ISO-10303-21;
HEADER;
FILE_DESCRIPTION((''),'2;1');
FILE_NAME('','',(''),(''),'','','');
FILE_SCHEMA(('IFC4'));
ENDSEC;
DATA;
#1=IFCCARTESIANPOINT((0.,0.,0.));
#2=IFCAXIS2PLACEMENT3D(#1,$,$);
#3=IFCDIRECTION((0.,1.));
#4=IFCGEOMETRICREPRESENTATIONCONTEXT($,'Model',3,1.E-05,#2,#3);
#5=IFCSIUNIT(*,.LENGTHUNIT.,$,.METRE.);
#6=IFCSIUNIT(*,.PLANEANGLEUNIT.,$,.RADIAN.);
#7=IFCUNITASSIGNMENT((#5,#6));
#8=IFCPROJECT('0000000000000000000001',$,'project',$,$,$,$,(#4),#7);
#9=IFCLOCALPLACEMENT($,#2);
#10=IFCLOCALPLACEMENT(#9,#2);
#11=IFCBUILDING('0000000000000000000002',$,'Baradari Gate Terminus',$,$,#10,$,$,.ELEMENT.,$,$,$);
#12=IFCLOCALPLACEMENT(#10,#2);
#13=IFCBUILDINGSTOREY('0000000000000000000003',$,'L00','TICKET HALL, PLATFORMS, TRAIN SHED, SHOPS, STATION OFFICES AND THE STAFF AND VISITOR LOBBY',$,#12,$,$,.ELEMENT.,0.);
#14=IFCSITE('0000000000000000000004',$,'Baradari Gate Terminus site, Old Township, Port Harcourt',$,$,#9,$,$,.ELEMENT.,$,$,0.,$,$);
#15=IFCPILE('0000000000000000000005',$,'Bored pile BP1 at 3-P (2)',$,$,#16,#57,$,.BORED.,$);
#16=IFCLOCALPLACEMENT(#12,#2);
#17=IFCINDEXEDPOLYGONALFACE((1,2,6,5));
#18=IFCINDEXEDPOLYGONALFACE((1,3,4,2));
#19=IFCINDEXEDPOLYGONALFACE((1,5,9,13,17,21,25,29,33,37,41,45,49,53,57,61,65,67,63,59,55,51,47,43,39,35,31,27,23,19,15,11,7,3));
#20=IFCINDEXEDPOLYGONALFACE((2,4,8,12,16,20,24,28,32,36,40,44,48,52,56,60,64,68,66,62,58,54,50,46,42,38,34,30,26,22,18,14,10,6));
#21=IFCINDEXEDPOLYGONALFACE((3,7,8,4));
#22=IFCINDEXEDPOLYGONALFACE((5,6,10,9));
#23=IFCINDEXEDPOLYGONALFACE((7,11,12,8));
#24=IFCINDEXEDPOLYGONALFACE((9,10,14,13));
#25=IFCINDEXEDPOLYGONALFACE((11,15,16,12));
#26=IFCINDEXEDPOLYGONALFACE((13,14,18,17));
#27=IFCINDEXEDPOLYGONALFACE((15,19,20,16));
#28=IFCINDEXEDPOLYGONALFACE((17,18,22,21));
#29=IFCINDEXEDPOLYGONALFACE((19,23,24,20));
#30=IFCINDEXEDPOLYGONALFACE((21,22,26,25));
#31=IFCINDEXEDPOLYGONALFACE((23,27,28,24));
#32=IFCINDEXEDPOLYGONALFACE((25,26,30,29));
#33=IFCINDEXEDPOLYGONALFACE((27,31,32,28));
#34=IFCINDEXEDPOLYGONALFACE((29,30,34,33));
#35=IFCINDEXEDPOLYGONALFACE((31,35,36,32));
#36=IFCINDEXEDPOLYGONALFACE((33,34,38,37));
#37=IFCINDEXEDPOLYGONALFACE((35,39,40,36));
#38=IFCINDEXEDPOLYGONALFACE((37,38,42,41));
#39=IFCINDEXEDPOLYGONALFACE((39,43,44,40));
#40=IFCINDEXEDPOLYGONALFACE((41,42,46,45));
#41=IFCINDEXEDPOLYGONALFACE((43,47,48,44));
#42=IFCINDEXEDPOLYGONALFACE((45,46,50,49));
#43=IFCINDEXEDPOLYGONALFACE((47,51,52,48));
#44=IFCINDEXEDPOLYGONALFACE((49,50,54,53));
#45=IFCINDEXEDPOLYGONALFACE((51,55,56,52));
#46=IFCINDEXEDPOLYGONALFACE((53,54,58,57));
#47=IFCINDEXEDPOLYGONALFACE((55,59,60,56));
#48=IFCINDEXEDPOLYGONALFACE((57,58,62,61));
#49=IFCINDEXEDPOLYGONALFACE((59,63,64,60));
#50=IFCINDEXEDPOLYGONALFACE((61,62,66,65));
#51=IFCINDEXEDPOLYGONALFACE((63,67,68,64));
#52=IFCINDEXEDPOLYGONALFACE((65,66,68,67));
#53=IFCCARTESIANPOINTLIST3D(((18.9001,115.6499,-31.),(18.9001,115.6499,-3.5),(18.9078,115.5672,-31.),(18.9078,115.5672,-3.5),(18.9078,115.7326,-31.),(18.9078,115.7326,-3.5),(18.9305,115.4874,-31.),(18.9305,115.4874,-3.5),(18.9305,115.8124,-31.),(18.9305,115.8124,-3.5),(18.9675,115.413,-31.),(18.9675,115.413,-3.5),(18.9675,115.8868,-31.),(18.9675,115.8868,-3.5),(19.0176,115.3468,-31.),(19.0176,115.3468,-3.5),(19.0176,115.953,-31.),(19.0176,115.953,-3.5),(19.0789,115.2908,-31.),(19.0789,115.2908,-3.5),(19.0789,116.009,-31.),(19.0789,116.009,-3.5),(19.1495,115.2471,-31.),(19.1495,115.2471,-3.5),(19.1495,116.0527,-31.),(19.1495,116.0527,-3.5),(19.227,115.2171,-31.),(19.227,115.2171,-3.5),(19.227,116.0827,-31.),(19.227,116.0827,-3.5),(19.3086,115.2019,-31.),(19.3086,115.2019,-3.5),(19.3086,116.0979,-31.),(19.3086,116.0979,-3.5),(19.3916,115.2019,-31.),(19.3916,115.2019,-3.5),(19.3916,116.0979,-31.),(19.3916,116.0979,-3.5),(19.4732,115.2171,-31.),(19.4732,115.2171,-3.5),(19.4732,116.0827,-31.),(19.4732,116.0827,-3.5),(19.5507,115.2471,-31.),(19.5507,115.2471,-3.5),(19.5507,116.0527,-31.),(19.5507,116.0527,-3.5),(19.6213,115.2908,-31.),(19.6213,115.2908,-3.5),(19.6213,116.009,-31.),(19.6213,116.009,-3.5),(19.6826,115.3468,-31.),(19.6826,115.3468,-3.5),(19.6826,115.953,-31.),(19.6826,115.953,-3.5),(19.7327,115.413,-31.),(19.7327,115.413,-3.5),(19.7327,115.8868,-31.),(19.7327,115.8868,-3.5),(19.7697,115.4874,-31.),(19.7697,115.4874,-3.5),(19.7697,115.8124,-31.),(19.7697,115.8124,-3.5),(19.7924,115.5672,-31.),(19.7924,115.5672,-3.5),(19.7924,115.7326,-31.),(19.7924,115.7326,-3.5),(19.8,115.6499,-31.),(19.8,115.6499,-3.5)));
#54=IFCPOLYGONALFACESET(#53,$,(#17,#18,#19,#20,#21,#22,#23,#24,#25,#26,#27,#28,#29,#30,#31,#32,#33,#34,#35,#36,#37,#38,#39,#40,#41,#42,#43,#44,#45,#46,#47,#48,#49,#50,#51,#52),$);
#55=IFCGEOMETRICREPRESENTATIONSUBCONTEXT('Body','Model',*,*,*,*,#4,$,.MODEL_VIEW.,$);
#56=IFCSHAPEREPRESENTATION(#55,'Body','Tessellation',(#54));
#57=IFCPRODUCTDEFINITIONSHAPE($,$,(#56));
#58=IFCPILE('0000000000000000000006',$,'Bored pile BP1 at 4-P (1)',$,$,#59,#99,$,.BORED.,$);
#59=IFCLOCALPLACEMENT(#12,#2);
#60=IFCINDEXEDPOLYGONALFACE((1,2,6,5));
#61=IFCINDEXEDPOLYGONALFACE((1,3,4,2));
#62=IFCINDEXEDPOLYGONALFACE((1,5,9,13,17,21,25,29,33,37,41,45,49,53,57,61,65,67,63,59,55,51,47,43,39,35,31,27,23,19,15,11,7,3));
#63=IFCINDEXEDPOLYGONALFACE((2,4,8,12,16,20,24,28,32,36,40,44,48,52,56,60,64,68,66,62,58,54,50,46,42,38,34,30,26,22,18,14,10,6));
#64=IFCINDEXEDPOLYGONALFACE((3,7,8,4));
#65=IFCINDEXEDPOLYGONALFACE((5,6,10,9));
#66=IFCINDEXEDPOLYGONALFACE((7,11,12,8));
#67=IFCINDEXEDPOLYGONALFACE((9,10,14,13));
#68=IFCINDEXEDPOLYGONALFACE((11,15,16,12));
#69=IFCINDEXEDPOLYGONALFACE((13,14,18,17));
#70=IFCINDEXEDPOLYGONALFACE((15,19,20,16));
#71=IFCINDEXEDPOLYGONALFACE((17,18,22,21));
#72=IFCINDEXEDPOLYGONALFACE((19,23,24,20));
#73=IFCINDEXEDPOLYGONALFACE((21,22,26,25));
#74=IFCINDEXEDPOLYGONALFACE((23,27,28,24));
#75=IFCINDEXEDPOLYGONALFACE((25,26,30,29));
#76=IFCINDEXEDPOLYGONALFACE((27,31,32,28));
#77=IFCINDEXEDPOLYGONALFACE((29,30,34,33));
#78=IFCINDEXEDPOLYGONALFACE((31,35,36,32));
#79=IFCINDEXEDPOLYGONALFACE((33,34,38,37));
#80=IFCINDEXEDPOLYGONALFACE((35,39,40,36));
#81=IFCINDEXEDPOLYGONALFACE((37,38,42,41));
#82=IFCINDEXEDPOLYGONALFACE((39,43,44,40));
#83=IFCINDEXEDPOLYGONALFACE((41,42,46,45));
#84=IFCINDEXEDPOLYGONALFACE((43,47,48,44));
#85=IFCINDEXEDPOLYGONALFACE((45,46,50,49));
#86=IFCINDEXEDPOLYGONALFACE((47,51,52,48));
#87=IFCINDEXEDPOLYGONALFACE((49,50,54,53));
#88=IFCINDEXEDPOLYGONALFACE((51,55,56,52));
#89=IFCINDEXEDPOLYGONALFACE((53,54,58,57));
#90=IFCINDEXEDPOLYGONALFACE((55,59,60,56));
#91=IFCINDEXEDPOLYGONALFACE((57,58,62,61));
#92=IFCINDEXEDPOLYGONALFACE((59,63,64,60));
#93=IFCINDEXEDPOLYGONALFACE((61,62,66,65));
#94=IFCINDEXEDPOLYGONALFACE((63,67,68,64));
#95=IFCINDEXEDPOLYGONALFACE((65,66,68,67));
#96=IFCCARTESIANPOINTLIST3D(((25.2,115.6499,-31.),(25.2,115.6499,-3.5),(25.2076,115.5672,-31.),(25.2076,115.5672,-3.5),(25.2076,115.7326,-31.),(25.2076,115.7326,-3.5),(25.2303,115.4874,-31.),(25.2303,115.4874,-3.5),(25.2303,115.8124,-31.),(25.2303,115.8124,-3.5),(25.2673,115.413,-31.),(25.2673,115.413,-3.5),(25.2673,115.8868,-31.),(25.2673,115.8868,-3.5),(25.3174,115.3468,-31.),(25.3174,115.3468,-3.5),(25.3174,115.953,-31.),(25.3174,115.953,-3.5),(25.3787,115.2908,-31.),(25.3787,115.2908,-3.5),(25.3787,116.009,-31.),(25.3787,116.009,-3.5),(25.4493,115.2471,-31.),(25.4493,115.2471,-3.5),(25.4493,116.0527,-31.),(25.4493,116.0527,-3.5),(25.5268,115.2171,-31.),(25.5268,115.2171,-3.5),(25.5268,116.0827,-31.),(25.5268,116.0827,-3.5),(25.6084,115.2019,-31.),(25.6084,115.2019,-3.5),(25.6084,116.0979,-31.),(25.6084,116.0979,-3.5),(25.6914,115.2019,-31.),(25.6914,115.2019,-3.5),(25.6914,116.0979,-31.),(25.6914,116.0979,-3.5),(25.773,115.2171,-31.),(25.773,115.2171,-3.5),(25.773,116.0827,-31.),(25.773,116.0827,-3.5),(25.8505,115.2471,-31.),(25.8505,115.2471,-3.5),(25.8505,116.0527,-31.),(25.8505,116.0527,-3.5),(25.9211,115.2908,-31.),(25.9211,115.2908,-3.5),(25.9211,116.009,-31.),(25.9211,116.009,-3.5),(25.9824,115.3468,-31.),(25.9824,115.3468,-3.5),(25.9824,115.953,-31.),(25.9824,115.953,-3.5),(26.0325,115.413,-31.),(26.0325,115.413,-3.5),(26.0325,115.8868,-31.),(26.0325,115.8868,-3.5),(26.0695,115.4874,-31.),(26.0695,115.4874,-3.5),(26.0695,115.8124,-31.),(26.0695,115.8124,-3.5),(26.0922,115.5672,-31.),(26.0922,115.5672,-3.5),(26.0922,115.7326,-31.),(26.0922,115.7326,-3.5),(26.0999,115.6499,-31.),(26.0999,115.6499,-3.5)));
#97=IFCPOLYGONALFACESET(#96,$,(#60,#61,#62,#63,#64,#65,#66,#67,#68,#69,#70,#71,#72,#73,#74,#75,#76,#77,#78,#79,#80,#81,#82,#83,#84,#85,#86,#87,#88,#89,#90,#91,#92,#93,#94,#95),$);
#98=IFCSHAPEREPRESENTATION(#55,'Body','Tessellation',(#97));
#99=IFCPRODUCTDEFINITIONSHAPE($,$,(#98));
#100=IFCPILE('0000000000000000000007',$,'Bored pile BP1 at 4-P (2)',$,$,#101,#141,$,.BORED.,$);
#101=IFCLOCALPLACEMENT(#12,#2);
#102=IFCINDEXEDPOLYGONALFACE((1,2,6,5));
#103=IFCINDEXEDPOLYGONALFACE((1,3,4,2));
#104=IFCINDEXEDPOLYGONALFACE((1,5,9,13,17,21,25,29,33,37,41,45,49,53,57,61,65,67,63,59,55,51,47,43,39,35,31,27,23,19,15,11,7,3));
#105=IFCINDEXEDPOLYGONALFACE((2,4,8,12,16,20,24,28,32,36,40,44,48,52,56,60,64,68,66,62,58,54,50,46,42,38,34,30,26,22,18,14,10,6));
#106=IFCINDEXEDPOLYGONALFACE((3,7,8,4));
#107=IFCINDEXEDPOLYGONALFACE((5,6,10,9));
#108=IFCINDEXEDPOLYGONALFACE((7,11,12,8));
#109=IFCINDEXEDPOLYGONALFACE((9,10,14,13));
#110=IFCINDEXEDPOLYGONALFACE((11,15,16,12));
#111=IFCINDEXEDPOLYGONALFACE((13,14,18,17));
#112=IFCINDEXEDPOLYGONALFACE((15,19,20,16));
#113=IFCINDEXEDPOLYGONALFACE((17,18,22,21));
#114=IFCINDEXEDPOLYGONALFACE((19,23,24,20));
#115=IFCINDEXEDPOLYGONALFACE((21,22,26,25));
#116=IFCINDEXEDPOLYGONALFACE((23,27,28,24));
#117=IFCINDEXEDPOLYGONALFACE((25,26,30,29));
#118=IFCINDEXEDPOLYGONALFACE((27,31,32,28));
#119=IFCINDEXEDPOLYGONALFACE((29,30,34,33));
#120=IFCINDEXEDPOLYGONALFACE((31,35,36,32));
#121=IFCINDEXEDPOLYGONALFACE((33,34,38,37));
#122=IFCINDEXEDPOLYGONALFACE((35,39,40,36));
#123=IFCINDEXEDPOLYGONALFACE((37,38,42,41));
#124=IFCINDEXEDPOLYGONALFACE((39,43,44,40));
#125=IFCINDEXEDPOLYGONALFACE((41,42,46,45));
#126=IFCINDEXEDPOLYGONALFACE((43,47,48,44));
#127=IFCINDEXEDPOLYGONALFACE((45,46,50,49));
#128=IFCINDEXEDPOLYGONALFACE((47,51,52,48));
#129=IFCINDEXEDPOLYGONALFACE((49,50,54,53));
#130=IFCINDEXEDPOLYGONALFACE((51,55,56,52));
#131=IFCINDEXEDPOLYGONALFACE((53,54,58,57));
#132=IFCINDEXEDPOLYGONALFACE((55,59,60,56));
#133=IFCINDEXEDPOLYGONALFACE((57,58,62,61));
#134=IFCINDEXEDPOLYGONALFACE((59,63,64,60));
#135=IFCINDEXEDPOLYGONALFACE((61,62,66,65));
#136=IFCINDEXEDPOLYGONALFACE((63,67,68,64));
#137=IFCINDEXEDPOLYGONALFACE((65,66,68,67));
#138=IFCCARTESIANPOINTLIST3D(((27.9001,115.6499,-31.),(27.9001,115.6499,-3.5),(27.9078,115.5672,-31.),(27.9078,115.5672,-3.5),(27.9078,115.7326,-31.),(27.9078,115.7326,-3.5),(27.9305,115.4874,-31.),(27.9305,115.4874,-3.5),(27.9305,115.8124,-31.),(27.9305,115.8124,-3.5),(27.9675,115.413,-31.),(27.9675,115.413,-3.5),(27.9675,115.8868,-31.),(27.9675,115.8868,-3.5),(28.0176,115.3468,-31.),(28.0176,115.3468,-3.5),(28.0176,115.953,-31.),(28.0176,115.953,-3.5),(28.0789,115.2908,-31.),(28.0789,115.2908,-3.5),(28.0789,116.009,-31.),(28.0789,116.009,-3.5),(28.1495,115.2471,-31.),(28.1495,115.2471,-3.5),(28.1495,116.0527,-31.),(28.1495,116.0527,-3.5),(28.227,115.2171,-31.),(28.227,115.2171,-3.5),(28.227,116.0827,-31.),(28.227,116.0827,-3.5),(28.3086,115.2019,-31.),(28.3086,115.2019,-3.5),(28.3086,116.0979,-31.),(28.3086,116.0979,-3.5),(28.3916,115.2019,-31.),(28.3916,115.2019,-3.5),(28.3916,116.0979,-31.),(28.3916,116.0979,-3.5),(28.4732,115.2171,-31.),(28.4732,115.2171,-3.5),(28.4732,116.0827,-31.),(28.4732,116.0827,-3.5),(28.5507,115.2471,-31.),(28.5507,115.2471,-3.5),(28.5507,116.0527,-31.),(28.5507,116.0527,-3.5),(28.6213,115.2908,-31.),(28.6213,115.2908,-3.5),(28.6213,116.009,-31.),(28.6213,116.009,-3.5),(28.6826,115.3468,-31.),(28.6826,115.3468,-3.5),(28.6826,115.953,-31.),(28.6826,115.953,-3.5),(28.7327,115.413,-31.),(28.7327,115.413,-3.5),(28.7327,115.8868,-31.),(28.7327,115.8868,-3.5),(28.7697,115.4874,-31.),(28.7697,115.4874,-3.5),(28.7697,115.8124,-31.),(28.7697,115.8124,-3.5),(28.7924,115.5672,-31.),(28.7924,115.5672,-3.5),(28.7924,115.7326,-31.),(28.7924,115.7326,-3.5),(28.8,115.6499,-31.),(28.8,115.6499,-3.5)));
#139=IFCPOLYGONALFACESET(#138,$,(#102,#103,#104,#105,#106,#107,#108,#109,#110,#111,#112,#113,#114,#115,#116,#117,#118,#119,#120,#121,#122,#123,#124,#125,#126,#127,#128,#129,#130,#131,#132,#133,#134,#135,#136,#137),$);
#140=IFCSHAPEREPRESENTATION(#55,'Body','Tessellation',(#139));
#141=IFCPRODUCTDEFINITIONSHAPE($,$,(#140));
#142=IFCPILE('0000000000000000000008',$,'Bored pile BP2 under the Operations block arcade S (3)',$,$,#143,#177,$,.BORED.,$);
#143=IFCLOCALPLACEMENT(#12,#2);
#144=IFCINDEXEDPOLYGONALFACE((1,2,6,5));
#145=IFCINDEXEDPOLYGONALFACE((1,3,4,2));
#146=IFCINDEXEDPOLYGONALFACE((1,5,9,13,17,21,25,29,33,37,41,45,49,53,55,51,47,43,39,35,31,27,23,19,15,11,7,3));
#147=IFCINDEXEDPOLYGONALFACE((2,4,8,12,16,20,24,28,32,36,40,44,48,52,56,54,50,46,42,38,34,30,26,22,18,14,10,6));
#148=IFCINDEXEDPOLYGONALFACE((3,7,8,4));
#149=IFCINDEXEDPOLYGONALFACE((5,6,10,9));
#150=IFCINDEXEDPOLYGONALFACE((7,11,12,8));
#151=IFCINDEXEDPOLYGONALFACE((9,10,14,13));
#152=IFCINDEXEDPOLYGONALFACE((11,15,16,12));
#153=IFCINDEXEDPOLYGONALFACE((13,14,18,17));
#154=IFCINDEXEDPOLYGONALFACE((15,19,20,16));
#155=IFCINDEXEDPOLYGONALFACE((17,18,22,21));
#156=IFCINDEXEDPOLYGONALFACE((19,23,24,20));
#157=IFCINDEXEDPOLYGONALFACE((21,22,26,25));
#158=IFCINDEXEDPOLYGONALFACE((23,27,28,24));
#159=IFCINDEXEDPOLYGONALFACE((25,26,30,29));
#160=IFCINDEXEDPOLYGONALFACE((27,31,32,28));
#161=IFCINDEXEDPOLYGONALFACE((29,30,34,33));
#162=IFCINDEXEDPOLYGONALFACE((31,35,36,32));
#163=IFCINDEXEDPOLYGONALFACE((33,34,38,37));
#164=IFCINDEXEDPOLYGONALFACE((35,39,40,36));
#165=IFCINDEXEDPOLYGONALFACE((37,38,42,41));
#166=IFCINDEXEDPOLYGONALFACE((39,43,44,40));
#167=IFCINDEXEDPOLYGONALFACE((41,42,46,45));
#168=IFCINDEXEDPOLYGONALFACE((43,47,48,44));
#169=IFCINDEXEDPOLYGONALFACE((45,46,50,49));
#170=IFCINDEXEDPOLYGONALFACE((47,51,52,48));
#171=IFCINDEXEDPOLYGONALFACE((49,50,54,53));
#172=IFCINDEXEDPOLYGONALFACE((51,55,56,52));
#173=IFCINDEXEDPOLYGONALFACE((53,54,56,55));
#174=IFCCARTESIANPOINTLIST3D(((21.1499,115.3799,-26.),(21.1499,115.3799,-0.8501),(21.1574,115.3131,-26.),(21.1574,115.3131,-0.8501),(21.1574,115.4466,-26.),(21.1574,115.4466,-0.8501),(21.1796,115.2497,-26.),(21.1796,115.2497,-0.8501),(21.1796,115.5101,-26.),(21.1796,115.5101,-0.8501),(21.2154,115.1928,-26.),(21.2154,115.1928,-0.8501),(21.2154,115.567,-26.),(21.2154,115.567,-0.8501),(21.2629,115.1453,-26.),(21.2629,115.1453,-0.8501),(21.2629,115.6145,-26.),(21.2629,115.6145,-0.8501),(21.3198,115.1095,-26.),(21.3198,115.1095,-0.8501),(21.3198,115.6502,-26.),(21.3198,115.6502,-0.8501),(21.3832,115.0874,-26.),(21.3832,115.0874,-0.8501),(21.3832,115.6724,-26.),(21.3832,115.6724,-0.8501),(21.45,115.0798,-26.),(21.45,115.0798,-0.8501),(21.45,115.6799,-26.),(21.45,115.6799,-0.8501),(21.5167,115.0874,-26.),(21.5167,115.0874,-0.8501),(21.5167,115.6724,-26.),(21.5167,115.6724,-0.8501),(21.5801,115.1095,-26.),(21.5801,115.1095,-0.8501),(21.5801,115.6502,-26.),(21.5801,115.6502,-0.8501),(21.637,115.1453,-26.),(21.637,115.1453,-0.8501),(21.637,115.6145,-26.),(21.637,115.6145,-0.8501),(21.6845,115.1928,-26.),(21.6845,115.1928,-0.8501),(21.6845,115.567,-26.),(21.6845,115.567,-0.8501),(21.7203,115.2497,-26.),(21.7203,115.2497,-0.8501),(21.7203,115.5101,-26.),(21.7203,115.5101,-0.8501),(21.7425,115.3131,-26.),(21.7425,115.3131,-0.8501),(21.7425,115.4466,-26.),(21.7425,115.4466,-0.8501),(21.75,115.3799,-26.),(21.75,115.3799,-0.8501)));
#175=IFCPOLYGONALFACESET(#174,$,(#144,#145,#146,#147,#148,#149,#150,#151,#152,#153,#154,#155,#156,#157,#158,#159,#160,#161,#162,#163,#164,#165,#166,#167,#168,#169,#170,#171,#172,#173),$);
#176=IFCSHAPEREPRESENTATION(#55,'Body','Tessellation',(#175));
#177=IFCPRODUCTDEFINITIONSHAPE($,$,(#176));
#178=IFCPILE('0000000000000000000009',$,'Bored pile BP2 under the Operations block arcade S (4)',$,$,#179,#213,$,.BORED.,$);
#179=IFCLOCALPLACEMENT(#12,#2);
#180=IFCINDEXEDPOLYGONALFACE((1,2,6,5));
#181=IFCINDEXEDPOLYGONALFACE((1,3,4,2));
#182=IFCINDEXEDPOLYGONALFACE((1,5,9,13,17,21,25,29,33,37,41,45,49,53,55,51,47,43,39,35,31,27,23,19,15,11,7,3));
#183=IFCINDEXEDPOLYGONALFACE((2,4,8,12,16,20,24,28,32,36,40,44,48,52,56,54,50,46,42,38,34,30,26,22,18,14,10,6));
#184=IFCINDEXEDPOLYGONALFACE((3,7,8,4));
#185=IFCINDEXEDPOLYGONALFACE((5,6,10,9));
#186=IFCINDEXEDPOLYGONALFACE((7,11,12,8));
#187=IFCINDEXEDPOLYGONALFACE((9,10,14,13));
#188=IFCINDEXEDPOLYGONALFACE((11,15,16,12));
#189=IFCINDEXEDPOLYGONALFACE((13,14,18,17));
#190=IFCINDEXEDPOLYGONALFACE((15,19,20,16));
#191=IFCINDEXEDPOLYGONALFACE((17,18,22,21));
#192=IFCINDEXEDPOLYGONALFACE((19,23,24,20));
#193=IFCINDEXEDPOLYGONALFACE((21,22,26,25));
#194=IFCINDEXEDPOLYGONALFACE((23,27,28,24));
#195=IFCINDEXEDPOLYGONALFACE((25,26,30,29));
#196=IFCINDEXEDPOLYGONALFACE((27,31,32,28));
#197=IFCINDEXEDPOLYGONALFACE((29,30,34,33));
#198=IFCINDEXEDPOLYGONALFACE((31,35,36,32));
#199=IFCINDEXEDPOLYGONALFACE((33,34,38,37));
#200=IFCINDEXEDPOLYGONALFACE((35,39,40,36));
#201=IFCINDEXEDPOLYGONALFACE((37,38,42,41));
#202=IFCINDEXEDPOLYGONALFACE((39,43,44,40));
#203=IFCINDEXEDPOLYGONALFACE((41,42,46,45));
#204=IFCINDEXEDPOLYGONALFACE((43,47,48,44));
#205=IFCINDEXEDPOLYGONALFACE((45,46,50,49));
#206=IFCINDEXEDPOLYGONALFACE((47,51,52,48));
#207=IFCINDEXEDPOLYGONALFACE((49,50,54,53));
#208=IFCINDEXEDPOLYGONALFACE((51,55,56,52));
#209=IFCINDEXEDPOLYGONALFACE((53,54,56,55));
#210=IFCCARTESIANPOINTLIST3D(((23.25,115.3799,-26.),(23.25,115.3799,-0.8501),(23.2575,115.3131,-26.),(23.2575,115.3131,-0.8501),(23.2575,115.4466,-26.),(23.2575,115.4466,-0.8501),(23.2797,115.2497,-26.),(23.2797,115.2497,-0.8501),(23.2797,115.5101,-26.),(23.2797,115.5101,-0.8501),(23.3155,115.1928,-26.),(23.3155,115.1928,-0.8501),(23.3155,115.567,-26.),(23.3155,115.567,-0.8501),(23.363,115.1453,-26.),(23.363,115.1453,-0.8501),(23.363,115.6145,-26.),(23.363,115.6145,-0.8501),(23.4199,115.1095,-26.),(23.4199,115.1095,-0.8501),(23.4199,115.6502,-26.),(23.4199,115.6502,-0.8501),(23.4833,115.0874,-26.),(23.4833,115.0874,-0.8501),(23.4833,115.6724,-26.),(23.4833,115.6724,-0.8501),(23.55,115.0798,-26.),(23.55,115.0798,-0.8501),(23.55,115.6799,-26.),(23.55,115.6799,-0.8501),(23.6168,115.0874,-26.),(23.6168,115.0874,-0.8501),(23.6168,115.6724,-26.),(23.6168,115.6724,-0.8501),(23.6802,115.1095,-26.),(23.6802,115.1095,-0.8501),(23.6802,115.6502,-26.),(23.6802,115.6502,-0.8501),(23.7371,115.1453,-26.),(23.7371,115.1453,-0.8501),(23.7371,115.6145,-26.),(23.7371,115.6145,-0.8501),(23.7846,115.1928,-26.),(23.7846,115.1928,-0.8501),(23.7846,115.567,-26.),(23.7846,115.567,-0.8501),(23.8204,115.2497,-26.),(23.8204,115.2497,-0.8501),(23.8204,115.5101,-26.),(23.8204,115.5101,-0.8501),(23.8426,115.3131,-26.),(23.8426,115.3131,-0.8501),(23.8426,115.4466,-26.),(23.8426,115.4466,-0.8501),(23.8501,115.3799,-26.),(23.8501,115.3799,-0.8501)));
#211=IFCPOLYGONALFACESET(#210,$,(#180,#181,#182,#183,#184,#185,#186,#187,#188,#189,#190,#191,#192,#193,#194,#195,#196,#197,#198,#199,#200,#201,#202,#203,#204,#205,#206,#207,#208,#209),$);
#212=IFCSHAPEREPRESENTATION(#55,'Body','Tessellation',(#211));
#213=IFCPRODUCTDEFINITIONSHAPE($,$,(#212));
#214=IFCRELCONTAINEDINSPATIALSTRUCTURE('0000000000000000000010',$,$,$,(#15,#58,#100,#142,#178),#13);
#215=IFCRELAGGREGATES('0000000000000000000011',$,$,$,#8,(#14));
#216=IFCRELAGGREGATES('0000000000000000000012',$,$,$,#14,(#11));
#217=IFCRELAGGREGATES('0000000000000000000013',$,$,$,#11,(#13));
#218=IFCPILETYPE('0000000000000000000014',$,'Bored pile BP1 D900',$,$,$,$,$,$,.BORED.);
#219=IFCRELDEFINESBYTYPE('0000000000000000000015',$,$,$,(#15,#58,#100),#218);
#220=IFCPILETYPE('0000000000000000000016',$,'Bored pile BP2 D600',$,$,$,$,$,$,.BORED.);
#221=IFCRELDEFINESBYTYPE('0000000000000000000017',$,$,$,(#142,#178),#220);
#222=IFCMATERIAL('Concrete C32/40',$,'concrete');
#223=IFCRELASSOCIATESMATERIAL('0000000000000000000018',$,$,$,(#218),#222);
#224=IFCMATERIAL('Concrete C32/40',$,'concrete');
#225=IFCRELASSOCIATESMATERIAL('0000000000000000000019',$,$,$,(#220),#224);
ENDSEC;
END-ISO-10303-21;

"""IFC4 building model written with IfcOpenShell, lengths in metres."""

from ifc_helpers import new_model, si_unit, direction, frame, origin, origin_2d, place, context, subcontext, project, spatial, circle, extrude, material, type_object, element, save


model = new_model("IFC4")

# Units and contexts
model_context = context("Model", 3, precision=1e-05, world=origin(), true_north=direction((0.0, 1.0)))
body_context = subcontext(model_context, "Body", "Model", "MODEL_VIEW")
ifc_project = project(units=[si_unit("LENGTHUNIT", "METRE"), si_unit("PLANEANGLEUNIT", "RADIAN")], contexts=[model_context])

# Site, building, storey
site_placement = place(None, origin())
site = spatial("IfcSite", under=ifc_project, at=site_placement, Name="Baradari Gate Terminus site, Old Township, Port Harcourt", CompositionType="ELEMENT", RefElevation=0.0)
building_placement = place(site_placement, origin())
building = spatial("IfcBuilding", under=site, at=building_placement, Name="Baradari Gate Terminus", CompositionType="ELEMENT")
storey_placement = place(building_placement, origin())
storey = spatial("IfcBuildingStorey", under=building, at=storey_placement, Name="L00", Description="TICKET HALL, PLATFORMS, TRAIN SHED, SHOPS, STATION OFFICES AND THE STAFF AND VISITOR LOBBY", CompositionType="ELEMENT", Elevation=0.0)

# Piles
ifc_material_1 = material(Name="Concrete C32/40", Category="concrete")
pile_type_1 = type_object("IfcPileType", Name="Bored pile BP1 D900", PredefinedType="BORED", material=ifc_material_1)
for number, where, z_axis, x_axis, name in (
    (1, (19.3501, 115.6499, -3.5), (0.0, 0.0, -1.0), (1.0, 0.0, 0.0), "Bored pile BP1 at 3-P (2)"),
    (2, (25.6499, 115.6499, -3.5), (0.0, 0.0, -1.0), (1.0, 0.0, 0.0), "Bored pile BP1 at 4-P (1)"),
    (3, (28.3501, 115.6499, -3.5), (0.0, 0.0, -1.0), (1.0, 0.0, 0.0), "Bored pile BP1 at 4-P (2)"),
):
    element("IfcPile", number, at=place(storey_placement, frame(where, z_axis=z_axis, x_axis=x_axis)), inside=storey, type_object=pile_type_1, Name=name, PredefinedType="BORED", context=body_context, shape_type="SweptSolid", body=[
        extrude(circle(Radius=0.45, at=origin_2d()), origin(), (0.0, 0.0, 1.0), 27.5),
    ])
ifc_material_2 = material(Name="Concrete C32/40", Category="concrete")
pile_type_2 = type_object("IfcPileType", Name="Bored pile BP2 D600", PredefinedType="BORED", material=ifc_material_2)
for number, where, z_axis, x_axis, name in (
    (4, (21.45, 115.3799, -0.8501), (0.0, 0.0, -1.0), (1.0, 0.0, 0.0), "Bored pile BP2 under the Operations block arcade S (3)"),
    (5, (23.55, 115.3799, -0.8501), (0.0, 0.0, -1.0), (1.0, 0.0, 0.0), "Bored pile BP2 under the Operations block arcade S (4)"),
):
    element("IfcPile", number, at=place(storey_placement, frame(where, z_axis=z_axis, x_axis=x_axis)), inside=storey, type_object=pile_type_2, Name=name, PredefinedType="BORED", context=body_context, shape_type="SweptSolid", body=[
        extrude(circle(Radius=0.3, at=origin_2d()), origin(), (0.0, 0.0, 1.0), 25.1499),
    ])

save(model, "model.ifc")
